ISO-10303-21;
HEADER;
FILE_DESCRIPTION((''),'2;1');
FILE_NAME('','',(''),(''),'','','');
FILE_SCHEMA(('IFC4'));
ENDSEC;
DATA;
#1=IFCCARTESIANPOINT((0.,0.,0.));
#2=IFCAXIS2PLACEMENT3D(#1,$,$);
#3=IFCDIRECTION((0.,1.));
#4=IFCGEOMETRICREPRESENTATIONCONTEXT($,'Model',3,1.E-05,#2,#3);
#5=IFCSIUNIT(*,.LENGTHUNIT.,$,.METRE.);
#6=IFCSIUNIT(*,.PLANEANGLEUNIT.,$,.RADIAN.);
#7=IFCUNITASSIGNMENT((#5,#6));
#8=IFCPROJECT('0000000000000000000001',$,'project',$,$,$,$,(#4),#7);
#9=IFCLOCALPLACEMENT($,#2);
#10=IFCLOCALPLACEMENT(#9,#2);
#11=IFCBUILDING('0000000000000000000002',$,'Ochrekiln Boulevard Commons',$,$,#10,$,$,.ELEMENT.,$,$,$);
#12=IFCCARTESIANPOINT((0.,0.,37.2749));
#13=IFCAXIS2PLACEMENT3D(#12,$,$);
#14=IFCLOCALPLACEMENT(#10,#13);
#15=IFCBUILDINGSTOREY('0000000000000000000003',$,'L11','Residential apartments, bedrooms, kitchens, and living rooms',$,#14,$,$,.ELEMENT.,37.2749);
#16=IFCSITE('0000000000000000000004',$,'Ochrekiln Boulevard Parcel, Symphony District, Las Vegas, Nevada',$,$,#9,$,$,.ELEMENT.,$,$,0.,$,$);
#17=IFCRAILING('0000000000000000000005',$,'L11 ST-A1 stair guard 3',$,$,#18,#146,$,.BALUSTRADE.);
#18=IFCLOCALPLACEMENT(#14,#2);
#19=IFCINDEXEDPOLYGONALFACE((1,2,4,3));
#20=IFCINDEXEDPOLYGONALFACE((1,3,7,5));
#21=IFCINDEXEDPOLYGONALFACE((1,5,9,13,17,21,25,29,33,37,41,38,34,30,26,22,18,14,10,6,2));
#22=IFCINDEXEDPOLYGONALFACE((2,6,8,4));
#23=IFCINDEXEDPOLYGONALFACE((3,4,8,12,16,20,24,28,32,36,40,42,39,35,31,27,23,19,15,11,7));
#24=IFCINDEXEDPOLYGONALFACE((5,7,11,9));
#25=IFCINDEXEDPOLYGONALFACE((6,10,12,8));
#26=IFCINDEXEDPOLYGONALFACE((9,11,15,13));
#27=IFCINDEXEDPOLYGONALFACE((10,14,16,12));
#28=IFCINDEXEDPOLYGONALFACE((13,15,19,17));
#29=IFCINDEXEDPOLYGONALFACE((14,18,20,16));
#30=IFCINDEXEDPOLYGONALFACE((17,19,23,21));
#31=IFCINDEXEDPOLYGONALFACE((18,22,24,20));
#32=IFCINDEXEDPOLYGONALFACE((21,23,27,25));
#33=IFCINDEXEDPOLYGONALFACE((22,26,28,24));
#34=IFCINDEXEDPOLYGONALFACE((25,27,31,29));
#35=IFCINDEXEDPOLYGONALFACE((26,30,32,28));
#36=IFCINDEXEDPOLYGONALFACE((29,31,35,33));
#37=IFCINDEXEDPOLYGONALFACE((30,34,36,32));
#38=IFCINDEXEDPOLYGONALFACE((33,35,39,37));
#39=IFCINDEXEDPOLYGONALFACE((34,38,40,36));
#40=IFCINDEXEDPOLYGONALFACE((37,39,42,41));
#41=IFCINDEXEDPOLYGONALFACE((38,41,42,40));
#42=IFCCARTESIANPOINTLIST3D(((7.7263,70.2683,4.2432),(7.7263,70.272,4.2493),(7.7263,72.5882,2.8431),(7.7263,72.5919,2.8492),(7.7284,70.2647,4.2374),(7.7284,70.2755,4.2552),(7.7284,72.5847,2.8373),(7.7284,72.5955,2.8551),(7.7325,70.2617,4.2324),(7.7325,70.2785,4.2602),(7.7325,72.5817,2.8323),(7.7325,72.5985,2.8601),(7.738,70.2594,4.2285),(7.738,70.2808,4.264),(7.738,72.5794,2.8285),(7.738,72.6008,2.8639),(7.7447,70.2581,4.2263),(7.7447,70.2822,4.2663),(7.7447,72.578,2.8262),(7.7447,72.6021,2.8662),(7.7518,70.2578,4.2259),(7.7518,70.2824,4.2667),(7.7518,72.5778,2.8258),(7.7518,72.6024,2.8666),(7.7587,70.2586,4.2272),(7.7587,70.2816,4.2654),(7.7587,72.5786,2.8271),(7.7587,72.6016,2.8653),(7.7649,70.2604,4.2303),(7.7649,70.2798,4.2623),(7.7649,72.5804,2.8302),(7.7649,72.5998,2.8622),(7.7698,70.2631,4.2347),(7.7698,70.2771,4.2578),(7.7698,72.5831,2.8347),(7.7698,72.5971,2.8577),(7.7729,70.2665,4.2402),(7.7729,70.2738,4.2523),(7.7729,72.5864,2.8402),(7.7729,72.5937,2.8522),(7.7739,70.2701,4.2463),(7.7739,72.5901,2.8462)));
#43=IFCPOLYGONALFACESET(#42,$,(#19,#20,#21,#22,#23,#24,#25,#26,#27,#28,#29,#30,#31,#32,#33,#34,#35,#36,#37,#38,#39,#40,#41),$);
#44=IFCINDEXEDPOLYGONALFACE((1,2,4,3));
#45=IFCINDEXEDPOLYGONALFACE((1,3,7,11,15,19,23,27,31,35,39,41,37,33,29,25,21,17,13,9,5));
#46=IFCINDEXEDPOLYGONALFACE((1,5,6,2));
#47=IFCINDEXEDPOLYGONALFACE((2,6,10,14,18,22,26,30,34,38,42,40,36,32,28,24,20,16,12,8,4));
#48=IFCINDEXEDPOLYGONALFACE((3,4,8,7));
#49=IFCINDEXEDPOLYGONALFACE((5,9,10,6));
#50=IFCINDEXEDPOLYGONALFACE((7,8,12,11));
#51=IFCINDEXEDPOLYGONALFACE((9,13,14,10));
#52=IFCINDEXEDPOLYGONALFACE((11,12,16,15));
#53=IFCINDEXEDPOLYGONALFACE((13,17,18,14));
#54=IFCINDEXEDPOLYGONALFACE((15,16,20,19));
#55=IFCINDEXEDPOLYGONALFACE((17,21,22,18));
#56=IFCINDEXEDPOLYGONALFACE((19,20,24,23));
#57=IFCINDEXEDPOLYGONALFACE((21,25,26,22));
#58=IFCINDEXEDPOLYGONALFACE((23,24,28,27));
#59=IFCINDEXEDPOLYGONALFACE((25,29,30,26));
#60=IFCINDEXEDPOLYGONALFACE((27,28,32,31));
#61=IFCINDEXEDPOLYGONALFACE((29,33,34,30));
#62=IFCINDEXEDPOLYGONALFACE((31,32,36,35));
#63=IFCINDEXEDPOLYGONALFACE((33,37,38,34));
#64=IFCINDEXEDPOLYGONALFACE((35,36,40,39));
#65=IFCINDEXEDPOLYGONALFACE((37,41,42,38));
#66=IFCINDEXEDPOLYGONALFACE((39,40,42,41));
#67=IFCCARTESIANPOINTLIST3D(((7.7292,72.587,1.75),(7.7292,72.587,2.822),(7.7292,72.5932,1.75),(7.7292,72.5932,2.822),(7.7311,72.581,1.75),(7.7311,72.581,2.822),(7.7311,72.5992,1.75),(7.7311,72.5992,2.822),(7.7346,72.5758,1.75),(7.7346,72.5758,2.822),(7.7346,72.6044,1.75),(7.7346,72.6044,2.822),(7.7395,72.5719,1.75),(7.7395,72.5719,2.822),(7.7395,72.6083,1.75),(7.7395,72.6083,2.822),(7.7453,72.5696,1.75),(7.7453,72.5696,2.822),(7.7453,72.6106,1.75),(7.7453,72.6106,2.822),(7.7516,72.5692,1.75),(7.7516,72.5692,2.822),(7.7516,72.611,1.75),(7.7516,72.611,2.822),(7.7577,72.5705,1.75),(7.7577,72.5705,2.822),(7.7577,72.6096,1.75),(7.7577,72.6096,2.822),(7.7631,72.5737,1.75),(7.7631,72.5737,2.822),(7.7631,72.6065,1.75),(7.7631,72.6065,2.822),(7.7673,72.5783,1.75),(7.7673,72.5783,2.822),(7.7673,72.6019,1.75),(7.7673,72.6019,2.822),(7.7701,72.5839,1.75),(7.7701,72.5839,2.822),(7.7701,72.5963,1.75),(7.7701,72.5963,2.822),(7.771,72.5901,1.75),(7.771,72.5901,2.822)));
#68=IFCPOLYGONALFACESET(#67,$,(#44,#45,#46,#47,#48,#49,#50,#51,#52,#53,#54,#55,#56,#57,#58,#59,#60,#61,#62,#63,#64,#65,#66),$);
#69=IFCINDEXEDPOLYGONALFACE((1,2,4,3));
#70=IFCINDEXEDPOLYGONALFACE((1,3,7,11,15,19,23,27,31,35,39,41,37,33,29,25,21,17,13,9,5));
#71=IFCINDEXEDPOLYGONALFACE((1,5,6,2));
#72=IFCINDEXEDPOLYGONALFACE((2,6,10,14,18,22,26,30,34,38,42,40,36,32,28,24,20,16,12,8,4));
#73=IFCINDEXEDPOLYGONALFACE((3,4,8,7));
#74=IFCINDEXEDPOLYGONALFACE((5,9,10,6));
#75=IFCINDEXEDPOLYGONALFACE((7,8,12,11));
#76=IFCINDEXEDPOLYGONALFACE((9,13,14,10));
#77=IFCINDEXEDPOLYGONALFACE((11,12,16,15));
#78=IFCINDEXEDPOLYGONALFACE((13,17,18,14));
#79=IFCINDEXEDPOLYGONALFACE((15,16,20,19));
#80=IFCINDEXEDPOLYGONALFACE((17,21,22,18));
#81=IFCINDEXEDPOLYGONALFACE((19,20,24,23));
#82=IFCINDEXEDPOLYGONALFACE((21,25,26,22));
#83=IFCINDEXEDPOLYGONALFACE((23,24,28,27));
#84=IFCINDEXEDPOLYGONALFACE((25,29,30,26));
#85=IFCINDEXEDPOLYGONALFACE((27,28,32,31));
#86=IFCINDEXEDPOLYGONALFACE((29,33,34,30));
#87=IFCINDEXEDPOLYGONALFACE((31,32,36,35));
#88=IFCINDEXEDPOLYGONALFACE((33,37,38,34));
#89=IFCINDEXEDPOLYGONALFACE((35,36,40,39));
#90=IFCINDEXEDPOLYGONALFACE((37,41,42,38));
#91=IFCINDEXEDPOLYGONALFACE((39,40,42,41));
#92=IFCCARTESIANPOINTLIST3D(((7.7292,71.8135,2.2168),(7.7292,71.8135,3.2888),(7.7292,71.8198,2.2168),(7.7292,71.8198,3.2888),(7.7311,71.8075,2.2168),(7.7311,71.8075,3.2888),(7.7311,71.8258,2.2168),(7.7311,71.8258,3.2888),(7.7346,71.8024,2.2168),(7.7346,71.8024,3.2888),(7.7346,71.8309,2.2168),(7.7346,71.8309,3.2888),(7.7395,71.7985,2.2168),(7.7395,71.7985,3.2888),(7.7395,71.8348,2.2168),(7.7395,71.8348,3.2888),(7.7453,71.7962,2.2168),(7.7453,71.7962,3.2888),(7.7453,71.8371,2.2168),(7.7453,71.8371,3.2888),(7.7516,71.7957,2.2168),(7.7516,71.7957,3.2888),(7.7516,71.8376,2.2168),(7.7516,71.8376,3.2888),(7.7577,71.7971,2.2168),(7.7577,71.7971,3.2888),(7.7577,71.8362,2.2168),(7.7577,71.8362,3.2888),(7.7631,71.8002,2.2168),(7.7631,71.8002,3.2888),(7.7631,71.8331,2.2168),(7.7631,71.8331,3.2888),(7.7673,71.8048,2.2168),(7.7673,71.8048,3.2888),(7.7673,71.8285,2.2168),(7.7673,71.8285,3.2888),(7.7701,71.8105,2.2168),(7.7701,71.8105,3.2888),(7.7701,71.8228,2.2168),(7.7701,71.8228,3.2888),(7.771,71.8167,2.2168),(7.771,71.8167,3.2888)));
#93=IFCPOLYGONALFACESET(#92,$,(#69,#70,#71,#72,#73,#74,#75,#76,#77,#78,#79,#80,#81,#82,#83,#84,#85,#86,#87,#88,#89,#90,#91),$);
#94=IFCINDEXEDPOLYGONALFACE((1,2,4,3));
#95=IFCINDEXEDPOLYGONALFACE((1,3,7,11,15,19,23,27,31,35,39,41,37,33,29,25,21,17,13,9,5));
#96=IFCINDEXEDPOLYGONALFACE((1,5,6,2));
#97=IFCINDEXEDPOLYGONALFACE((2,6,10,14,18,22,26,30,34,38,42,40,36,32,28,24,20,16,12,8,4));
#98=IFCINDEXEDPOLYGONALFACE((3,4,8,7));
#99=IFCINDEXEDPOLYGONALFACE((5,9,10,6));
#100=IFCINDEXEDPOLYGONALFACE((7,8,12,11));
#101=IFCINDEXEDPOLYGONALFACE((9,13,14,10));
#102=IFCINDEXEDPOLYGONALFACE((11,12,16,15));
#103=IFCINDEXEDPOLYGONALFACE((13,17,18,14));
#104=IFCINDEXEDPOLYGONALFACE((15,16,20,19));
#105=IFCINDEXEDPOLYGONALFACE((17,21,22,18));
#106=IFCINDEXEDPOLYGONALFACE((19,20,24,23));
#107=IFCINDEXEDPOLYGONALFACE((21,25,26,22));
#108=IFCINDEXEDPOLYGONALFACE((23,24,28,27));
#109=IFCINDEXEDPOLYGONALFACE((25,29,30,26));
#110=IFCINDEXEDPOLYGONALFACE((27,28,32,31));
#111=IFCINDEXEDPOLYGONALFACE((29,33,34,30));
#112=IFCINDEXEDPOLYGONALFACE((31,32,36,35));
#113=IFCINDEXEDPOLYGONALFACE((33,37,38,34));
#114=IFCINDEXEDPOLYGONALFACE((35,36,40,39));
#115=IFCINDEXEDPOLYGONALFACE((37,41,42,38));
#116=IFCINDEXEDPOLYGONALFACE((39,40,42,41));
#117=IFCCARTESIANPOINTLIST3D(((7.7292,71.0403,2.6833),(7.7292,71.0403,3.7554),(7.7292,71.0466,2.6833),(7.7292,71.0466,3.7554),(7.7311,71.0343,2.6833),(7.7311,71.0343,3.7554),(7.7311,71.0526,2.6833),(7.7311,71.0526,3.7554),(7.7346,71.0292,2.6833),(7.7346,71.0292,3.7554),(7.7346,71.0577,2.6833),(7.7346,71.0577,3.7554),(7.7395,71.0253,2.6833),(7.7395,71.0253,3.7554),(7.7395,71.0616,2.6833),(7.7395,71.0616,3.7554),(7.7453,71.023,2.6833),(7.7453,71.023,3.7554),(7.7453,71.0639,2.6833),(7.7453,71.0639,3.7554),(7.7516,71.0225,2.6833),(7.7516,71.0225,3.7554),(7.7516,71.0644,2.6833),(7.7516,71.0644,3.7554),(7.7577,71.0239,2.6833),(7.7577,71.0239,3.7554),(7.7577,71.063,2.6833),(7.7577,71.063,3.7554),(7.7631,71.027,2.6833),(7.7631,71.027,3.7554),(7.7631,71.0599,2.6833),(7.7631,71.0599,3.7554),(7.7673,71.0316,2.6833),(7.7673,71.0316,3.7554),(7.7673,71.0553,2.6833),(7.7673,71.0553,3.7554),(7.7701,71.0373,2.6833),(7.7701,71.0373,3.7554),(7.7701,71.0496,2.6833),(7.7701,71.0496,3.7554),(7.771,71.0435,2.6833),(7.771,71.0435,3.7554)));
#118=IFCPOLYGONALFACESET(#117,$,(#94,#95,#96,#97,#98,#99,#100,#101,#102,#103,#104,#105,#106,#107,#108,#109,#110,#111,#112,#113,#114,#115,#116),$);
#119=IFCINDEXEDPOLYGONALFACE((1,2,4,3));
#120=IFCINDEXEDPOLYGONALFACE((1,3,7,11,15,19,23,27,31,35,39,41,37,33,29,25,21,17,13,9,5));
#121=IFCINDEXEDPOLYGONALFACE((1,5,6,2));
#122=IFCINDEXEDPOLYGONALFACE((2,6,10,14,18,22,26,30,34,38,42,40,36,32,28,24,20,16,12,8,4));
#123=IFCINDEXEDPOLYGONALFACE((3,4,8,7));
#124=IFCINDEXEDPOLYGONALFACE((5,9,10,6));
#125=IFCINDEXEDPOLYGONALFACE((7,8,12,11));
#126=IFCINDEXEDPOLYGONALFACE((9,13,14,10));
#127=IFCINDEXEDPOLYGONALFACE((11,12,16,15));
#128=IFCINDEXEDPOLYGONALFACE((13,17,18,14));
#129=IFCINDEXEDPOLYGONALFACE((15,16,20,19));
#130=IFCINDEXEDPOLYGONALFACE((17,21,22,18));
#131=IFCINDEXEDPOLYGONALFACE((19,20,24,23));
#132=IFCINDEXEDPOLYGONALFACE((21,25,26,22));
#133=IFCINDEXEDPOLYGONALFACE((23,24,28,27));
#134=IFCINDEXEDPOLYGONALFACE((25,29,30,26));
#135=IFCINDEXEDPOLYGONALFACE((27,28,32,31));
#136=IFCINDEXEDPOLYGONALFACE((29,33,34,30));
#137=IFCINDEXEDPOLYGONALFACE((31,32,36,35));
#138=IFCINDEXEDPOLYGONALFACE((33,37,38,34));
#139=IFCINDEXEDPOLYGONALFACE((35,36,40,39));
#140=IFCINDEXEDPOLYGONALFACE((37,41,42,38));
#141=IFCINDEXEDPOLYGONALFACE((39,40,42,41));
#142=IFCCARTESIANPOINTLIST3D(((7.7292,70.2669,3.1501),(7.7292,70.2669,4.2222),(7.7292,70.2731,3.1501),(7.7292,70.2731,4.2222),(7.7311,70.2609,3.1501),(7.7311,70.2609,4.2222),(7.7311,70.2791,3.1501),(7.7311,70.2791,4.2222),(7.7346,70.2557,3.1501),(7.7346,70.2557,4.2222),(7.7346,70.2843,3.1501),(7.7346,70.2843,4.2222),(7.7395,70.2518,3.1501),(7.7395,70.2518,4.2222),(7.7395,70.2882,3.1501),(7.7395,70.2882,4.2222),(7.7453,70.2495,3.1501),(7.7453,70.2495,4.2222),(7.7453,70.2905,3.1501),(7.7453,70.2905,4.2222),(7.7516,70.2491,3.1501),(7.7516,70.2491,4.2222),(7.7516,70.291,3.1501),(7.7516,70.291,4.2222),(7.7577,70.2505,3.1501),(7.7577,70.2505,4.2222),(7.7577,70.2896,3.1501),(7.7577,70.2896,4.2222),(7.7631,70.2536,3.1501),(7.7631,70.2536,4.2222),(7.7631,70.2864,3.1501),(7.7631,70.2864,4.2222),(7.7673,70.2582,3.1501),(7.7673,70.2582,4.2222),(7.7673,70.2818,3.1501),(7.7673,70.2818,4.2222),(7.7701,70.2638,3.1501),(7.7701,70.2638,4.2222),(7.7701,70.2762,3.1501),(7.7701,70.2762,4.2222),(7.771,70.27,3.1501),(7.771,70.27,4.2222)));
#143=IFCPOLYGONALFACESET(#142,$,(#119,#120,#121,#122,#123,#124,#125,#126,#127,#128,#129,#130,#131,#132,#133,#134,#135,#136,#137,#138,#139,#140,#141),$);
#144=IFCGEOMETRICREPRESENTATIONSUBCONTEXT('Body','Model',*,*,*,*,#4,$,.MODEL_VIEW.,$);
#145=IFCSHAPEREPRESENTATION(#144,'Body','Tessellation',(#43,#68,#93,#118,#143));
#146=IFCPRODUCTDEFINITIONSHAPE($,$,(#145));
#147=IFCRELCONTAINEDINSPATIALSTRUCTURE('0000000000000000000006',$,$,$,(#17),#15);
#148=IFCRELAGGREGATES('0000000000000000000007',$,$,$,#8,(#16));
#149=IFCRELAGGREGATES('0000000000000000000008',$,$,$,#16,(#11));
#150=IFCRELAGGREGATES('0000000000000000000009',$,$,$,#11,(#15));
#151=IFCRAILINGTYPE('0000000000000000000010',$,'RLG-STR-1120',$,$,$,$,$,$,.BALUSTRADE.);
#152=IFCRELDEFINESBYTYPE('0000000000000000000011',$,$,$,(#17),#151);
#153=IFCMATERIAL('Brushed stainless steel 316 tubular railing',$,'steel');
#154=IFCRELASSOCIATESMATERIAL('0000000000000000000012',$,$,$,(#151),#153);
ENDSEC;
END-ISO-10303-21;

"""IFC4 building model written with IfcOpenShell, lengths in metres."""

from ifc_helpers import new_model, si_unit, direction, frame, origin, origin_2d, place, context, subcontext, project, spatial, circle, extrude, material, type_object, element, save


model = new_model("IFC4")

# Units and contexts
model_context = context("Model", 3, precision=1e-05, world=origin(), true_north=direction((0.0, 1.0)))
body_context = subcontext(model_context, "Body", "Model", "MODEL_VIEW")
ifc_project = project(units=[si_unit("LENGTHUNIT", "METRE"), si_unit("PLANEANGLEUNIT", "RADIAN")], contexts=[model_context])

# Site, building, storey
site_placement = place(None, origin())
site = spatial("IfcSite", under=ifc_project, at=site_placement, Name="Ochrekiln Boulevard Parcel, Symphony District, Las Vegas, Nevada", CompositionType="ELEMENT", RefElevation=0.0)
building_placement = place(site_placement, origin())
building = spatial("IfcBuilding", under=site, at=building_placement, Name="Ochrekiln Boulevard Commons", CompositionType="ELEMENT")
storey_placement = place(building_placement, frame((0.0, 0.0, 37.2749)))
storey = spatial("IfcBuildingStorey", under=building, at=storey_placement, Name="L11", Description="Residential apartments, bedrooms, kitchens, and living rooms", CompositionType="ELEMENT", Elevation=37.2749)

# Railing
ifc_material_1 = material(Name="Brushed stainless steel 316 tubular railing", Category="steel")
railing_type_1 = type_object("IfcRailingType", Name="RLG-STR-1120", PredefinedType="BALUSTRADE", material=ifc_material_1)
railing_1_placement = place(storey_placement, frame((7.75, 72.5901, 1.75)))
element("IfcRailing", 1, at=railing_1_placement, inside=storey, type_object=railing_type_1, Name="L11 ST-A1 stair guard 3", PredefinedType="BALUSTRADE", context=body_context, shape_type="SweptSolid", body=[
    extrude(circle(Radius=0.0239, at=origin_2d()), frame((0.0, 0.0, 1.0962), z_axis=(0.0, -0.85617, 0.516693), x_axis=(1.0, 0.0, 0.0)), (0.0, 0.0, 1.0), 2.7097),
    extrude(circle(Radius=0.021, at=origin_2d()), origin(), (0.0, 0.0, 1.0), 1.072),
    extrude(circle(Radius=0.021, at=origin_2d()), frame((0.0, -0.7734, 0.4668)), (0.0, 0.0, 1.0), 1.072),
    extrude(circle(Radius=0.021, at=origin_2d()), frame((0.0, -1.5466, 0.9333)), (0.0, 0.0, 1.0), 1.072),
    extrude(circle(Radius=0.021, at=origin_2d()), frame((0.0, -2.3201, 1.4001)), (0.0, 0.0, 1.0), 1.072),
])

save(model, "model.ifc")
